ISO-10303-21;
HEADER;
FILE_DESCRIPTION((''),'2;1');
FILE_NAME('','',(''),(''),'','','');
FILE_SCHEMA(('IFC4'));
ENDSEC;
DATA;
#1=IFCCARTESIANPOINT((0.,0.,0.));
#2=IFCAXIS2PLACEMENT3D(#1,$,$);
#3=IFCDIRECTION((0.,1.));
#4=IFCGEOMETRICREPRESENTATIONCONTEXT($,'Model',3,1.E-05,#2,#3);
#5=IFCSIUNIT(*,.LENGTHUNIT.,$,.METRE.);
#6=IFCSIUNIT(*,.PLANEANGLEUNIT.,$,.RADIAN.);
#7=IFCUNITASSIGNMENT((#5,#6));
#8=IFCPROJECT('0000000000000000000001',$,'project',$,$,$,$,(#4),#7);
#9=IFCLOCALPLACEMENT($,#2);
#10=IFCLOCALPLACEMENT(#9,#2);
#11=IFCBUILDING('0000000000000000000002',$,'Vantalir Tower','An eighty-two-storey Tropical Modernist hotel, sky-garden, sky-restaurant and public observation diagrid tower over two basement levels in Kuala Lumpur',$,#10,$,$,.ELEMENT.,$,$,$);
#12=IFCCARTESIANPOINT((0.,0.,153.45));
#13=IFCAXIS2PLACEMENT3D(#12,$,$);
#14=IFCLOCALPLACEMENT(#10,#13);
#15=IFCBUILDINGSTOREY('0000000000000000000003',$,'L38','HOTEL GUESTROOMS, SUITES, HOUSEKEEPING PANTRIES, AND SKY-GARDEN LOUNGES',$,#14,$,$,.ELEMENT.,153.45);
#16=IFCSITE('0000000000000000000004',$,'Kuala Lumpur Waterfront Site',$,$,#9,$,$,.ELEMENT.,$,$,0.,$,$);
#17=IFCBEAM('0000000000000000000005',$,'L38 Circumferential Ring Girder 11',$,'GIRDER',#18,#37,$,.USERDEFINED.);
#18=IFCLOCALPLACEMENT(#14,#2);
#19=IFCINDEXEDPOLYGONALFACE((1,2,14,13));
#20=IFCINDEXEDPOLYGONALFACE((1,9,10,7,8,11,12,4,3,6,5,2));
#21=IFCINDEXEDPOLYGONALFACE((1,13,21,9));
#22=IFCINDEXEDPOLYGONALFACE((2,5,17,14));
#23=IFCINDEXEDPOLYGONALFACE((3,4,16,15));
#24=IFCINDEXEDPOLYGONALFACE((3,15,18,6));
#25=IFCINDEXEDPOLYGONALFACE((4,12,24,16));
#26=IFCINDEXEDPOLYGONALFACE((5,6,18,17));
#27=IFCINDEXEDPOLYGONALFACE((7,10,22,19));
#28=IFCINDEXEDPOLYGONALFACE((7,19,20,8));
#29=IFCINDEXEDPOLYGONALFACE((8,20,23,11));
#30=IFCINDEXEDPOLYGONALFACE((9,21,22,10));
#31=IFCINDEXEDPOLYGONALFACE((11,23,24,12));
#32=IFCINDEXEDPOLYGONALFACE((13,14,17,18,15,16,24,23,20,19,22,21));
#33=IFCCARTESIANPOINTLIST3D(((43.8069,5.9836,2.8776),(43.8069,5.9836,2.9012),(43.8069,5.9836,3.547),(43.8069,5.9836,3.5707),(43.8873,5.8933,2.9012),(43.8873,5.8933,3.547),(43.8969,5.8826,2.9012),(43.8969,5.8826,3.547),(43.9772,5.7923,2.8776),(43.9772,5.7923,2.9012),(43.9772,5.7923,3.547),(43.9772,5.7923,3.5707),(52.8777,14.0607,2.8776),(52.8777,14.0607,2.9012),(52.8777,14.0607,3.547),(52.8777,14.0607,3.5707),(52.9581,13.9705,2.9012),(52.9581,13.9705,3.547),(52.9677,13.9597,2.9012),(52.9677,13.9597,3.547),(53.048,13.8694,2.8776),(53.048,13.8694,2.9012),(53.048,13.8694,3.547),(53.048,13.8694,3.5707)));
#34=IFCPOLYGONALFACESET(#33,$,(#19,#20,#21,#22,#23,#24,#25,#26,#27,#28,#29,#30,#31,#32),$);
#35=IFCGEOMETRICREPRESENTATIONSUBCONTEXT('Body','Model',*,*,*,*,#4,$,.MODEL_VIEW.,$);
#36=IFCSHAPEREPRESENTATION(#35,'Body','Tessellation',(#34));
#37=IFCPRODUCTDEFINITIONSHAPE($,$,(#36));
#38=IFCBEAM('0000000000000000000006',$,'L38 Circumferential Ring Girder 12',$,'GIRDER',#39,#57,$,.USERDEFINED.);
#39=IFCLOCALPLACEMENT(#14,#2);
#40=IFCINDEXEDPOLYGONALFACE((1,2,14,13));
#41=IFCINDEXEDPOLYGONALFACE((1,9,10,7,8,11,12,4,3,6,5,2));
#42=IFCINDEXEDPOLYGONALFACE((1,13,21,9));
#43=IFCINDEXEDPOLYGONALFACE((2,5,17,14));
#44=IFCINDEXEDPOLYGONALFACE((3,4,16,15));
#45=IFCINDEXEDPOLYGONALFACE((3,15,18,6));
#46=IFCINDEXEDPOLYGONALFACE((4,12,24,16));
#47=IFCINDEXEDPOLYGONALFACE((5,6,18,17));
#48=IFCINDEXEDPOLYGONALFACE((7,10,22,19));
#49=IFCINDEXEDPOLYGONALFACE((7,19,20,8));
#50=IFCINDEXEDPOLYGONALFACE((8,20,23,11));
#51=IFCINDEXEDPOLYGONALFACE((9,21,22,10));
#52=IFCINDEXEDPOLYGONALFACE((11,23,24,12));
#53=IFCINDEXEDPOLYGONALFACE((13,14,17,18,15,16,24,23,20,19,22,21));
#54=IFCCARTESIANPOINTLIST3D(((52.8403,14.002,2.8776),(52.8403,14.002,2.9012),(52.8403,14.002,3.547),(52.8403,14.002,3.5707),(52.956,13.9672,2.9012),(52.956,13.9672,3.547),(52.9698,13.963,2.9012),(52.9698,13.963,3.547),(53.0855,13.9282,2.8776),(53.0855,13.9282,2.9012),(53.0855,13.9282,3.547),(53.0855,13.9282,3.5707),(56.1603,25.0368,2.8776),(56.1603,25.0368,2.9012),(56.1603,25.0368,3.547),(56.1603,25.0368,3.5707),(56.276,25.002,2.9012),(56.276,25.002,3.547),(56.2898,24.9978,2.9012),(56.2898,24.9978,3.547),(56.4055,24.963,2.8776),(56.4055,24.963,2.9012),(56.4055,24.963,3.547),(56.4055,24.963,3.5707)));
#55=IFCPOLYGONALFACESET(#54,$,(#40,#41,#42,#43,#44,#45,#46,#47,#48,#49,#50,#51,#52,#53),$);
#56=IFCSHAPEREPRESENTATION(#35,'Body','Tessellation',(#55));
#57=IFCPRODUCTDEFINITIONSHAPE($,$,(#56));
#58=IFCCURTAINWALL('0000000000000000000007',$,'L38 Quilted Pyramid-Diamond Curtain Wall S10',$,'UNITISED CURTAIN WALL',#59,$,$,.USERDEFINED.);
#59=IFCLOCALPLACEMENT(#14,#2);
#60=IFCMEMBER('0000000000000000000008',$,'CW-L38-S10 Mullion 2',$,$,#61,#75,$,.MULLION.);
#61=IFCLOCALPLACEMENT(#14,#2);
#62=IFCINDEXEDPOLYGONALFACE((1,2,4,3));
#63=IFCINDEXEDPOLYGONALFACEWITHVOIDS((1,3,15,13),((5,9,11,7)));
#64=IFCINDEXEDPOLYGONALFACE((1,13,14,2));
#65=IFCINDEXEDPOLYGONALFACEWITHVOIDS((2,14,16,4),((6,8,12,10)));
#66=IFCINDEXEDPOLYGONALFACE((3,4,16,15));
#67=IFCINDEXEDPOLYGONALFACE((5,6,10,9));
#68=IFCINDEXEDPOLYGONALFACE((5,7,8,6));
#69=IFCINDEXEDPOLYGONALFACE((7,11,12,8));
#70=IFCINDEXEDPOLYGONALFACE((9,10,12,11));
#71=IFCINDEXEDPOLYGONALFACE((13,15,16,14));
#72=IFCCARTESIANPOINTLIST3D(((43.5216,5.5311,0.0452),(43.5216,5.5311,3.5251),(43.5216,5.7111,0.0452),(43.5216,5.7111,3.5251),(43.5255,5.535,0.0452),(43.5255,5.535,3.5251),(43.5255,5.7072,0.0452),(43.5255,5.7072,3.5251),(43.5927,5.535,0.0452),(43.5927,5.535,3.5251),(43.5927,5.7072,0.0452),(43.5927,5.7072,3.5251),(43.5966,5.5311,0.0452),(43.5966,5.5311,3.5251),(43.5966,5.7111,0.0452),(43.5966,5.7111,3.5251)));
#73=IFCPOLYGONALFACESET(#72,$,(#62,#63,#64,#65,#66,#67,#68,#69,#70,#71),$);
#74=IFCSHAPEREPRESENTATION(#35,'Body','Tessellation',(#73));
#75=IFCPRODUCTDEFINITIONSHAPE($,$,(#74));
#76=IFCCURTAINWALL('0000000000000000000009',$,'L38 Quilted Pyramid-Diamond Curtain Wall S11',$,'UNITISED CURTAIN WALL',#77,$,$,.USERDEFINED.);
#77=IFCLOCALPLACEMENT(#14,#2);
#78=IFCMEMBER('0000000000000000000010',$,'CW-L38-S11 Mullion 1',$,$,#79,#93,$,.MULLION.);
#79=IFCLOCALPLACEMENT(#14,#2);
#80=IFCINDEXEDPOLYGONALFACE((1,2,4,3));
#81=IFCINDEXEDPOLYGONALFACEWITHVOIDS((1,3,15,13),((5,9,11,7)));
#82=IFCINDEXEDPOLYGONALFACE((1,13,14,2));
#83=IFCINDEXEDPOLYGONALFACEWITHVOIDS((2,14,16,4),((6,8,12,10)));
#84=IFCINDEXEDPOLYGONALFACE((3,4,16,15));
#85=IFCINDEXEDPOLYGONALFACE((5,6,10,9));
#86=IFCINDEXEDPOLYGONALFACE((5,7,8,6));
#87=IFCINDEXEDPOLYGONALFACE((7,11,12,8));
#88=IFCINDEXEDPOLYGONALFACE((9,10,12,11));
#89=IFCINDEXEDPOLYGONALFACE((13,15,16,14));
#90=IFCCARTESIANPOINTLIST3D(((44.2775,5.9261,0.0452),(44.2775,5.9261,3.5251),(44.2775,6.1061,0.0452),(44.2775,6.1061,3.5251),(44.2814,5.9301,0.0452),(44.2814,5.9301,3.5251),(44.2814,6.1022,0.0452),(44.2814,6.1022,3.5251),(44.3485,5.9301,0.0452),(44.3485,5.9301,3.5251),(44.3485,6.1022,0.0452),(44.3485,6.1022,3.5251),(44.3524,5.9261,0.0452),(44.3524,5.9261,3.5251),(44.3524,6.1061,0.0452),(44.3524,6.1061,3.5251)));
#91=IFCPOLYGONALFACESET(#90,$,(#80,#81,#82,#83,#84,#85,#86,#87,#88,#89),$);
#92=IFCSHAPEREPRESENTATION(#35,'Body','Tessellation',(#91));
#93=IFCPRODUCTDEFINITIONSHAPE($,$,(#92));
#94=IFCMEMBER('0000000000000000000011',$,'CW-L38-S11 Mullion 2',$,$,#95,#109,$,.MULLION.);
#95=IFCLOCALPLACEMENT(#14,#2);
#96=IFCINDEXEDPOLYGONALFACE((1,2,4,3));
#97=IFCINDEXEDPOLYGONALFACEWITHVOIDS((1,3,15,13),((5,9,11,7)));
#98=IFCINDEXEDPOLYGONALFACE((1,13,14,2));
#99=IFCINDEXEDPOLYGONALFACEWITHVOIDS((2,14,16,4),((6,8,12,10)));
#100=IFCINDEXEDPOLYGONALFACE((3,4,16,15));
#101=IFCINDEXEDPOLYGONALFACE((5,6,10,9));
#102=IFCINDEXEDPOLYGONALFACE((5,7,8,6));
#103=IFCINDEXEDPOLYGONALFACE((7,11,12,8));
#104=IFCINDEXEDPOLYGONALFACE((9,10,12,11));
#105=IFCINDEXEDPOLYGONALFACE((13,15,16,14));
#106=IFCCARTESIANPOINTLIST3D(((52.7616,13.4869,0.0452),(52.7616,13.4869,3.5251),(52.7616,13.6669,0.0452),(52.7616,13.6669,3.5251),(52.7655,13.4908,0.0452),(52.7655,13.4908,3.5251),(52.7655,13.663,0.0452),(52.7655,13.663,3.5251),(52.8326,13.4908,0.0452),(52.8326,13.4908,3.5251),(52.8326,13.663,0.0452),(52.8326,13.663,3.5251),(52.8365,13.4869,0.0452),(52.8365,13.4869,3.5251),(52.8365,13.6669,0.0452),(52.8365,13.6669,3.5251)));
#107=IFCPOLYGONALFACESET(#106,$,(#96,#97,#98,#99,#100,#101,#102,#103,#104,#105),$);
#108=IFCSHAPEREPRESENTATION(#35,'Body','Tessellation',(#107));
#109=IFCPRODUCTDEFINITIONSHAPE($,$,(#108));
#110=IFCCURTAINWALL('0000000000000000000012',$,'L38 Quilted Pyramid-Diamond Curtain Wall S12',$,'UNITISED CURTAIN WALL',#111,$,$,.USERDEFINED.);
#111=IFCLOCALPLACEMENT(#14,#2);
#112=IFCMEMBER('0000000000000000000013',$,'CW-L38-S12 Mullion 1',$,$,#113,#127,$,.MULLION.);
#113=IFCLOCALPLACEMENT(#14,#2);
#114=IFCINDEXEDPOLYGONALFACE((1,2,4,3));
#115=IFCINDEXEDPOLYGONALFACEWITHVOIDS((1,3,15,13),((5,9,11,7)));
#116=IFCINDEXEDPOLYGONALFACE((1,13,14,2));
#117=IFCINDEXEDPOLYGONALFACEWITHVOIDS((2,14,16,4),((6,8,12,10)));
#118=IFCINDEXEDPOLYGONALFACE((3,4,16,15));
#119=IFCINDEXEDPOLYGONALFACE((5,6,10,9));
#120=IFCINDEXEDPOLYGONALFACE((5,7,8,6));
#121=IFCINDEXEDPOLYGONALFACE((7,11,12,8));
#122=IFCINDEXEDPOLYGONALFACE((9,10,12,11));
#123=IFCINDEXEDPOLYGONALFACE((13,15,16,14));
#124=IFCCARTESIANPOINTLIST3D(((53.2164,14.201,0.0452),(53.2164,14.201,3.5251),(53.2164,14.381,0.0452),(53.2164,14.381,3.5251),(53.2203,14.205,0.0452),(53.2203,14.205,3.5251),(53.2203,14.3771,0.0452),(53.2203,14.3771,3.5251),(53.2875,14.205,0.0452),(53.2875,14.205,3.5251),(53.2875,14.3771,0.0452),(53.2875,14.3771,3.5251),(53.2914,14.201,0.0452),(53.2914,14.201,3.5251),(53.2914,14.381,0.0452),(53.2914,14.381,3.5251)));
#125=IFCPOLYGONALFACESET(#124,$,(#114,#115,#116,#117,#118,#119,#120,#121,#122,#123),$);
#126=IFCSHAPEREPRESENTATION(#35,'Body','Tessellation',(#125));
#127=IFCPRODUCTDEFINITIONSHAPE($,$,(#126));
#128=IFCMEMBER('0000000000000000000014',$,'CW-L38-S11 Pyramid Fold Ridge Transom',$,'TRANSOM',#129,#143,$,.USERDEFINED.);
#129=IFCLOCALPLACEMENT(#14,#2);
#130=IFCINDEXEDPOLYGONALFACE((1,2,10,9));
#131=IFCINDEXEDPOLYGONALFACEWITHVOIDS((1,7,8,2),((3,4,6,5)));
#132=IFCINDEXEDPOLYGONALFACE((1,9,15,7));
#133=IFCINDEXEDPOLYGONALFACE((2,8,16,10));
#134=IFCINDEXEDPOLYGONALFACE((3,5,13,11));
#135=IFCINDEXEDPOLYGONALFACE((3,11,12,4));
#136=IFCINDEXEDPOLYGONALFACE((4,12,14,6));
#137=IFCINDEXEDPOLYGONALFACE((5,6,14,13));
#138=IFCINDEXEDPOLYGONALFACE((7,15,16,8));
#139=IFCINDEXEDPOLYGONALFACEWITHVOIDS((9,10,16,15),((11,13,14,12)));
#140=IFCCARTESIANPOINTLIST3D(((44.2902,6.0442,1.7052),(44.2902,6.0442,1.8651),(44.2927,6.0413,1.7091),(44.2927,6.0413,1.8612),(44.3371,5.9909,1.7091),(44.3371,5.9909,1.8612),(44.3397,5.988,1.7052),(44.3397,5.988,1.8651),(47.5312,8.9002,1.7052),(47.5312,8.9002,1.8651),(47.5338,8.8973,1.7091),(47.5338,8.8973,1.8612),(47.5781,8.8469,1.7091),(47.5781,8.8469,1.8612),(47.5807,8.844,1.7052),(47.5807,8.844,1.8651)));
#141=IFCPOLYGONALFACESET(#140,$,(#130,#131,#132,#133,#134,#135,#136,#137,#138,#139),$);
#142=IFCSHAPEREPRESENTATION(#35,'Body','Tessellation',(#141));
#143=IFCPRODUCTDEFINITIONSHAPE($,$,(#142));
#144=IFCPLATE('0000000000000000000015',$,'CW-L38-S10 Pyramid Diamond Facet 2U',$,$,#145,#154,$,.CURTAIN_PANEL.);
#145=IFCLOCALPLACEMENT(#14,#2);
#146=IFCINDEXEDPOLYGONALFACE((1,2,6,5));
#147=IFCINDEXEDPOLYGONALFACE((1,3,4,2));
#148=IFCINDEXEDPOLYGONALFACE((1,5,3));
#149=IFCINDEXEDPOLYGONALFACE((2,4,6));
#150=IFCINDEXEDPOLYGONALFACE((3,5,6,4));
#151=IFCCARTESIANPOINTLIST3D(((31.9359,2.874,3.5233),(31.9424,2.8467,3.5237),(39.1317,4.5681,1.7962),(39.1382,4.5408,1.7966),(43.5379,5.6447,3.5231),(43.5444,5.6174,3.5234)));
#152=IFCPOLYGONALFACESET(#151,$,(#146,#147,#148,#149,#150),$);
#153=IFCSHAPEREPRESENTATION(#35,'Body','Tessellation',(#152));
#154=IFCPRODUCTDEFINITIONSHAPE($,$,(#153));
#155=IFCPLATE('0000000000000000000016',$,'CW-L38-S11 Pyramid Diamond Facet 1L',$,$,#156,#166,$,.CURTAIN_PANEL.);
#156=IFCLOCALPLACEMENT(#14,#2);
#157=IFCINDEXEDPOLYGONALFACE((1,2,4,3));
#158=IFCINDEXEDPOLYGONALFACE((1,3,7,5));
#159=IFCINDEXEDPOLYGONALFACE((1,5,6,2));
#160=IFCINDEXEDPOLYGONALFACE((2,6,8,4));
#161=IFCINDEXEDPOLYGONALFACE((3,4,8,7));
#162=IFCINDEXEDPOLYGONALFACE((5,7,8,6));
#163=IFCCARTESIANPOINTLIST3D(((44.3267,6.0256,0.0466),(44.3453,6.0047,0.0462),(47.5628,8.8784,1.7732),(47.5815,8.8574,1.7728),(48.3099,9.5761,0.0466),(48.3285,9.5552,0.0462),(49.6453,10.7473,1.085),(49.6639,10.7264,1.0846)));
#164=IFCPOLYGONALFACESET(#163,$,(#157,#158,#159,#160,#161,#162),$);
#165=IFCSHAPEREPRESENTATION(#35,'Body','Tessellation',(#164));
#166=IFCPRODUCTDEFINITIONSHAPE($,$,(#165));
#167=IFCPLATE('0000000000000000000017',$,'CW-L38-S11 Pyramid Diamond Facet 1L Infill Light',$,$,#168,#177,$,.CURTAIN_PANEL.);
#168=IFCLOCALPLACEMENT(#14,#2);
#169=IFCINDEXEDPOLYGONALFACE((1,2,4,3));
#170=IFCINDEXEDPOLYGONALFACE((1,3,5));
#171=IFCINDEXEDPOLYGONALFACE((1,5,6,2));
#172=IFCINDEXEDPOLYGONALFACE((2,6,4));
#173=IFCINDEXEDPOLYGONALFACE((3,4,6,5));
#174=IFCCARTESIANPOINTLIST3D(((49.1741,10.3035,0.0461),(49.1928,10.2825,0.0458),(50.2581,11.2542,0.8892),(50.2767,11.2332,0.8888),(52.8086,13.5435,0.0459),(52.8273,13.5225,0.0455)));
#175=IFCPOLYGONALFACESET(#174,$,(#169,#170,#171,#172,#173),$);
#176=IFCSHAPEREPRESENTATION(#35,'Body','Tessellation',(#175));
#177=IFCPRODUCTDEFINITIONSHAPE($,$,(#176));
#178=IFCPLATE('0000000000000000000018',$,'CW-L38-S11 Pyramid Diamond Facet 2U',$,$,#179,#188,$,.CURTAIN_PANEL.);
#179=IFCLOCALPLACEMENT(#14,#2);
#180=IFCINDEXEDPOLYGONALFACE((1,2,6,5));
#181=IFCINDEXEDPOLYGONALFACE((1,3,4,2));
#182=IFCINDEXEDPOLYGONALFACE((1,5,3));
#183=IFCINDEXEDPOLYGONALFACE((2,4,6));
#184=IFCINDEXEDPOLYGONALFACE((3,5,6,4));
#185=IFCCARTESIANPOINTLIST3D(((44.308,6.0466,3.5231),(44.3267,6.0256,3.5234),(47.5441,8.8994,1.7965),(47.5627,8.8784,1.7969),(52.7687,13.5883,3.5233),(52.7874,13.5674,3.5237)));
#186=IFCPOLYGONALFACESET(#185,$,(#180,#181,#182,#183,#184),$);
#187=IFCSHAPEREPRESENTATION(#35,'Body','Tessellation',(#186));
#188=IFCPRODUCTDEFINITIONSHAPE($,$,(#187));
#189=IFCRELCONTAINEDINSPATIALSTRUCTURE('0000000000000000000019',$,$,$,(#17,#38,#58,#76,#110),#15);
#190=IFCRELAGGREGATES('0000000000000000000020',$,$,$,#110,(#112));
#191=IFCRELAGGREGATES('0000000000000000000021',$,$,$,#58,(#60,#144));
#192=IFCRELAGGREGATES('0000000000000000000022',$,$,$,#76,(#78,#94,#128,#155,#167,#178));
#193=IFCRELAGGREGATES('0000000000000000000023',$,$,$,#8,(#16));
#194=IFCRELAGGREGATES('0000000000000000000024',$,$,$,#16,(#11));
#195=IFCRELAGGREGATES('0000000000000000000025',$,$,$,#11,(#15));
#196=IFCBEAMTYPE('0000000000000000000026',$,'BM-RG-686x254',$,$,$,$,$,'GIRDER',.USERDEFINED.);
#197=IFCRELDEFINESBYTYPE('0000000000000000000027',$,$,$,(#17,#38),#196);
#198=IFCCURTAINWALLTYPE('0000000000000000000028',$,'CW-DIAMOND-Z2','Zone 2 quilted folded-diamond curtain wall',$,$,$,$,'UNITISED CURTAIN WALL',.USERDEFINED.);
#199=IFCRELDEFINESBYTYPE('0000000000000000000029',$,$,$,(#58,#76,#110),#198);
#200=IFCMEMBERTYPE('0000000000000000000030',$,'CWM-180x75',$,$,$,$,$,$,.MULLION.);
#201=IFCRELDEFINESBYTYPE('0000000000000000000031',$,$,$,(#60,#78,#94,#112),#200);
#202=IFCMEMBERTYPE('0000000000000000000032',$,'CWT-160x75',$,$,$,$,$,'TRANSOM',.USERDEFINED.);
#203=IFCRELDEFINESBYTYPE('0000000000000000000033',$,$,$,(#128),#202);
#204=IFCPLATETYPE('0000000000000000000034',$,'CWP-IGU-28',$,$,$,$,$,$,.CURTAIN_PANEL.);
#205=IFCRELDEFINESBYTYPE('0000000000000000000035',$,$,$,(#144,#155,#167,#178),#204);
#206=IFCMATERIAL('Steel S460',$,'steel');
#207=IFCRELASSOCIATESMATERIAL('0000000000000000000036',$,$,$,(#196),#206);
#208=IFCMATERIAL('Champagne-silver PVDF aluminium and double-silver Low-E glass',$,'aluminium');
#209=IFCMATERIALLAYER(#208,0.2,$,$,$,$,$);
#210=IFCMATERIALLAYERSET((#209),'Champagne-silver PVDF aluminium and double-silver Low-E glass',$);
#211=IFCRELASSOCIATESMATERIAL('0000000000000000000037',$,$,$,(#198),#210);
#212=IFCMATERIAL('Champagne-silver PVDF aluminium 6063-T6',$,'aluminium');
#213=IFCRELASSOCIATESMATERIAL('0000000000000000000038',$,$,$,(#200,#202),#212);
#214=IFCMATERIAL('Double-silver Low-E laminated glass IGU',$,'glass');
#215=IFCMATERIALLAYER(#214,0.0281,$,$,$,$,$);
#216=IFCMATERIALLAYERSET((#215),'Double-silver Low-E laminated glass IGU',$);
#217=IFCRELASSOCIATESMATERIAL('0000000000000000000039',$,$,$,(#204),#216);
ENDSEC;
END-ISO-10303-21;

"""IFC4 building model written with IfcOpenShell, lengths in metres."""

from ifc_helpers import new_model, si_unit, direction, frame, origin, origin_2d, place, context, subcontext, project, spatial, polyline, hollow_rectangle, i_section, outline, extrude, material, layer, layer_set, material_profile, profile_set, type_object, element, aggregate, save


model = new_model("IFC4")

# Units and contexts
model_context = context("Model", 3, precision=1e-05, world=origin(), true_north=direction((0.0, 1.0)))
body_context = subcontext(model_context, "Body", "Model", "MODEL_VIEW")
ifc_project = project(units=[si_unit("LENGTHUNIT", "METRE"), si_unit("PLANEANGLEUNIT", "RADIAN")], contexts=[model_context])

# Site, building, storey
site_placement = place(None, origin())
site = spatial("IfcSite", under=ifc_project, at=site_placement, Name="Kuala Lumpur Waterfront Site", CompositionType="ELEMENT", RefElevation=0.0)
building_placement = place(site_placement, origin())
building = spatial("IfcBuilding", under=site, at=building_placement, Name="Vantalir Tower", Description="An eighty-two-storey Tropical Modernist hotel, sky-garden, sky-restaurant and public observation diagrid tower over two basement levels in Kuala Lumpur", CompositionType="ELEMENT")
storey_placement = place(building_placement, frame((0.0, 0.0, 153.45)))
storey = spatial("IfcBuildingStorey", under=building, at=storey_placement, Name="L38", Description="HOTEL GUESTROOMS, SUITES, HOUSEKEEPING PANTRIES, AND SKY-GARDEN LOUNGES", CompositionType="ELEMENT", Elevation=153.45)

# Shared definitions
ifc_material_1 = material(Name="Steel S460", Category="steel")

# Beams
ifc_material_profile_1 = material_profile(ifc_material_1, i_section(OverallWidth=0.2561, OverallDepth=0.6931, WebThickness=0.0144, FlangeThickness=0.0237, at=origin_2d()), Name="Steel S460")
ifc_profile_set_1 = profile_set([ifc_material_profile_1], Name="Steel S460")
beam_type_1 = type_object("IfcBeamType", Name="BM-RG-686x254", ElementType="GIRDER", PredefinedType="USERDEFINED", material=ifc_profile_set_1)
beam_1_placement = place(storey_placement, frame((43.8921, 5.8879, 3.2241), z_axis=(0.746828, 0.665017, 0.0), x_axis=(-0.665017, 0.746828, 0.0)))
element("IfcBeam", 1, at=beam_1_placement, inside=storey, type_object=beam_type_1, Name="L38 Circumferential Ring Girder 11", ObjectType="GIRDER", PredefinedType="USERDEFINED", context=body_context, shape_type="SweptSolid", body=[
    extrude(i_section(OverallWidth=0.2561, OverallDepth=0.6931, WebThickness=0.0144, FlangeThickness=0.0237, at=origin_2d()), origin(), (0.0, 0.0, 1.0), 12.1458),
])
beam_2_placement = place(storey_placement, frame((52.9629, 13.9651, 3.2241), z_axis=(0.288112, 0.957597, 0.0), x_axis=(-0.957597, 0.288112, 0.0)))
element("IfcBeam", 2, at=beam_2_placement, inside=storey, type_object=beam_type_1, Name="L38 Circumferential Ring Girder 12", ObjectType="GIRDER", PredefinedType="USERDEFINED", context=body_context, shape_type="SweptSolid", body=[
    extrude(i_section(OverallWidth=0.2561, OverallDepth=0.6931, WebThickness=0.0144, FlangeThickness=0.0237, at=origin_2d()), origin(), (0.0, 0.0, 1.0), 11.5234),
])

# Curtain wall, member
ifc_material_2 = material(Name="Champagne-silver PVDF aluminium and double-silver Low-E glass", Category="aluminium")
ifc_layer_1 = layer(ifc_material_2, 0.2)
ifc_layer_set_1 = layer_set([ifc_layer_1], Name="Champagne-silver PVDF aluminium and double-silver Low-E glass")
curtain_wall_type = type_object("IfcCurtainWallType", Name="CW-DIAMOND-Z2", Description="Zone 2 quilted folded-diamond curtain wall", ElementType="UNITISED CURTAIN WALL", PredefinedType="USERDEFINED", material=ifc_layer_set_1)
curtain_wall_1_placement = place(storey_placement, origin())
curtain_wall_1 = element("IfcCurtainWall", 3, at=curtain_wall_1_placement, inside=storey, type_object=curtain_wall_type, Name="L38 Quilted Pyramid-Diamond Curtain Wall S10", ObjectType="UNITISED CURTAIN WALL", PredefinedType="USERDEFINED")
ifc_material_3 = material(Name="Champagne-silver PVDF aluminium 6063-T6", Category="aluminium")
ifc_material_profile_2 = material_profile(ifc_material_3, hollow_rectangle(XDim=0.075, YDim=0.1799, WallThickness=0.0039, at=origin_2d()), Name="Champagne-silver PVDF aluminium 6063-T6")
ifc_profile_set_2 = profile_set([ifc_material_profile_2], Name="Champagne-silver PVDF aluminium 6063-T6")
member_type_1 = type_object("IfcMemberType", Name="CWM-180x75", PredefinedType="MULLION", material=ifc_profile_set_2)
member_1_placement = place(storey_placement, frame((43.5591, 5.6211, 0.0452), z_axis=(0.0, 0.0, 1.0), x_axis=(1.0, 0.0, 0.0)))
member_1 = element("IfcMember", 4, at=member_1_placement, type_object=member_type_1, Name="CW-L38-S10 Mullion 2", PredefinedType="MULLION", context=body_context, shape_type="SweptSolid", body=[
    extrude(hollow_rectangle(XDim=0.075, YDim=0.1799, WallThickness=0.0039, at=origin_2d()), origin(), (0.0, 0.0, 1.0), 3.48),
])

# Curtain wall, members
curtain_wall_2_placement = place(storey_placement, origin())
curtain_wall_2 = element("IfcCurtainWall", 5, at=curtain_wall_2_placement, inside=storey, type_object=curtain_wall_type, Name="L38 Quilted Pyramid-Diamond Curtain Wall S11", ObjectType="UNITISED CURTAIN WALL", PredefinedType="USERDEFINED")
member_2_placement = place(storey_placement, frame((44.3149, 6.0161, 0.0452), z_axis=(0.0, 0.0, 1.0), x_axis=(1.0, 0.0, 0.0)))
member_2 = element("IfcMember", 6, at=member_2_placement, type_object=member_type_1, Name="CW-L38-S11 Mullion 1", PredefinedType="MULLION", context=body_context, shape_type="SweptSolid", body=[
    extrude(hollow_rectangle(XDim=0.075, YDim=0.1799, WallThickness=0.0039, at=origin_2d()), origin(), (0.0, 0.0, 1.0), 3.48),
])
member_3_placement = place(storey_placement, frame((52.7991, 13.5769, 0.0452), z_axis=(0.0, 0.0, 1.0), x_axis=(1.0, 0.0, 0.0)))
member_3 = element("IfcMember", 7, at=member_3_placement, type_object=member_type_1, Name="CW-L38-S11 Mullion 2", PredefinedType="MULLION", context=body_context, shape_type="SweptSolid", body=[
    extrude(hollow_rectangle(XDim=0.075, YDim=0.1799, WallThickness=0.0039, at=origin_2d()), origin(), (0.0, 0.0, 1.0), 3.48),
])

# Curtain wall, member
curtain_wall_3_placement = place(storey_placement, origin())
curtain_wall_3 = element("IfcCurtainWall", 8, at=curtain_wall_3_placement, inside=storey, type_object=curtain_wall_type, Name="L38 Quilted Pyramid-Diamond Curtain Wall S12", ObjectType="UNITISED CURTAIN WALL", PredefinedType="USERDEFINED")
member_4_placement = place(storey_placement, frame((53.2539, 14.291, 0.0452), z_axis=(0.0, 0.0, 1.0), x_axis=(1.0, 0.0, 0.0)))
member_4 = element("IfcMember", 9, at=member_4_placement, type_object=member_type_1, Name="CW-L38-S12 Mullion 1", PredefinedType="MULLION", context=body_context, shape_type="SweptSolid", body=[
    extrude(hollow_rectangle(XDim=0.075, YDim=0.1799, WallThickness=0.0039, at=origin_2d()), origin(), (0.0, 0.0, 1.0), 3.48),
])
aggregate(curtain_wall_3, [member_4])

# Member
ifc_material_profile_3 = material_profile(ifc_material_3, hollow_rectangle(XDim=0.075, YDim=0.1599, WallThickness=0.0039, at=origin_2d()), Name="Champagne-silver PVDF aluminium 6063-T6")
ifc_profile_set_3 = profile_set([ifc_material_profile_3], Name="Champagne-silver PVDF aluminium 6063-T6")
member_type_2 = type_object("IfcMemberType", Name="CWT-160x75", ElementType="TRANSOM", PredefinedType="USERDEFINED", material=ifc_profile_set_3)
member_5_placement = place(storey_placement, frame((44.3149, 6.0161, 1.7852), z_axis=(0.750265, 0.661137, 0.0), x_axis=(-0.661137, 0.750265, 0.0)))
member_5 = element("IfcMember", 10, at=member_5_placement, type_object=member_type_2, Name="CW-L38-S11 Pyramid Fold Ridge Transom", ObjectType="TRANSOM", PredefinedType="USERDEFINED", context=body_context, shape_type="SweptSolid", body=[
    extrude(hollow_rectangle(XDim=0.075, YDim=0.1599, WallThickness=0.0039, at=origin_2d()), origin(), (0.0, 0.0, 1.0), 4.3198),
])

# Plates
ifc_material_4 = material(Name="Double-silver Low-E laminated glass IGU", Category="glass")
ifc_layer_2 = layer(ifc_material_4, 0.0281)
ifc_layer_set_2 = layer_set([ifc_layer_2], Name="Double-silver Low-E laminated glass IGU")
plate_type_1 = type_object("IfcPlateType", Name="CWP-IGU-28", PredefinedType="CURTAIN_PANEL", material=ifc_layer_set_2)
plate_1_placement = place(storey_placement, frame((43.5444, 5.6174, 3.5234), z_axis=(0.232262, -0.972556, 0.013729), x_axis=(-0.972648, -0.232284, 0.00002)))
plate_1 = element("IfcPlate", 11, at=plate_1_placement, type_object=plate_type_1, Name="CW-L38-S10 Pyramid Diamond Facet 2U", PredefinedType="CURTAIN_PANEL", context=body_context, shape_type="SweptSolid", body=[
    extrude(outline(polyline([(0.0, 0.0), (11.9283, 0.0), (4.5358, 1.7271), (0.0, 0.0)])), origin(), (0.0, 0.0, -1.0), 0.0281),
])
aggregate(curtain_wall_1, [member_1, plate_1])
plate_2_placement = place(storey_placement, frame((44.3267, 6.0256, 0.0466), z_axis=(-0.665334, 0.746419, 0.013765), x_axis=(0.74649, 0.665397, 0.0)))
plate_2 = element("IfcPlate", 12, at=plate_2_placement, type_object=plate_type_1, Name="CW-L38-S11 Pyramid Diamond Facet 1L", PredefinedType="CURTAIN_PANEL", context=body_context, shape_type="SweptSolid", body=[
    extrude(outline(polyline([(0.0, 0.0), (5.3359, 0.0), (7.1121, -1.0384), (4.3139, -1.7267), (0.0, 0.0)])), origin(), (0.0, 0.0, -1.0), 0.0281),
])
plate_3_placement = place(storey_placement, frame((49.1741, 10.3035, 0.0461), z_axis=(-0.665366, 0.746389, 0.01384), x_axis=(0.74646, 0.665431, -0.00005)))
plate_3 = element("IfcPlate", 13, at=plate_3_placement, type_object=plate_type_1, Name="CW-L38-S11 Pyramid Diamond Facet 1L Infill Light", PredefinedType="CURTAIN_PANEL", context=body_context, shape_type="SweptSolid", body=[
    extrude(outline(polyline([(0.0, 0.0), (4.869, 0.0), (1.4417, -0.8432), (0.0, 0.0)])), origin(), (0.0, 0.0, -1.0), 0.0281),
])
plate_4_placement = place(storey_placement, frame((52.7874, 13.5674, 3.5237), z_axis=(0.665342, -0.746412, 0.013755), x_axis=(-0.746483, -0.665405, -0.000022)))
plate_4 = element("IfcPlate", 14, at=plate_4_placement, type_object=plate_type_1, Name="CW-L38-S11 Pyramid Diamond Facet 2U", PredefinedType="CURTAIN_PANEL", context=body_context, shape_type="SweptSolid", body=[
    extrude(outline(polyline([(0.0, 0.0), (11.3341, 0.0), (7.0202, 1.7268), (0.0, 0.0)])), origin(), (0.0, 0.0, -1.0), 0.0281),
])
aggregate(curtain_wall_2, [member_2, member_3, member_5, plate_2, plate_3, plate_4])

save(model, "model.ifc")
